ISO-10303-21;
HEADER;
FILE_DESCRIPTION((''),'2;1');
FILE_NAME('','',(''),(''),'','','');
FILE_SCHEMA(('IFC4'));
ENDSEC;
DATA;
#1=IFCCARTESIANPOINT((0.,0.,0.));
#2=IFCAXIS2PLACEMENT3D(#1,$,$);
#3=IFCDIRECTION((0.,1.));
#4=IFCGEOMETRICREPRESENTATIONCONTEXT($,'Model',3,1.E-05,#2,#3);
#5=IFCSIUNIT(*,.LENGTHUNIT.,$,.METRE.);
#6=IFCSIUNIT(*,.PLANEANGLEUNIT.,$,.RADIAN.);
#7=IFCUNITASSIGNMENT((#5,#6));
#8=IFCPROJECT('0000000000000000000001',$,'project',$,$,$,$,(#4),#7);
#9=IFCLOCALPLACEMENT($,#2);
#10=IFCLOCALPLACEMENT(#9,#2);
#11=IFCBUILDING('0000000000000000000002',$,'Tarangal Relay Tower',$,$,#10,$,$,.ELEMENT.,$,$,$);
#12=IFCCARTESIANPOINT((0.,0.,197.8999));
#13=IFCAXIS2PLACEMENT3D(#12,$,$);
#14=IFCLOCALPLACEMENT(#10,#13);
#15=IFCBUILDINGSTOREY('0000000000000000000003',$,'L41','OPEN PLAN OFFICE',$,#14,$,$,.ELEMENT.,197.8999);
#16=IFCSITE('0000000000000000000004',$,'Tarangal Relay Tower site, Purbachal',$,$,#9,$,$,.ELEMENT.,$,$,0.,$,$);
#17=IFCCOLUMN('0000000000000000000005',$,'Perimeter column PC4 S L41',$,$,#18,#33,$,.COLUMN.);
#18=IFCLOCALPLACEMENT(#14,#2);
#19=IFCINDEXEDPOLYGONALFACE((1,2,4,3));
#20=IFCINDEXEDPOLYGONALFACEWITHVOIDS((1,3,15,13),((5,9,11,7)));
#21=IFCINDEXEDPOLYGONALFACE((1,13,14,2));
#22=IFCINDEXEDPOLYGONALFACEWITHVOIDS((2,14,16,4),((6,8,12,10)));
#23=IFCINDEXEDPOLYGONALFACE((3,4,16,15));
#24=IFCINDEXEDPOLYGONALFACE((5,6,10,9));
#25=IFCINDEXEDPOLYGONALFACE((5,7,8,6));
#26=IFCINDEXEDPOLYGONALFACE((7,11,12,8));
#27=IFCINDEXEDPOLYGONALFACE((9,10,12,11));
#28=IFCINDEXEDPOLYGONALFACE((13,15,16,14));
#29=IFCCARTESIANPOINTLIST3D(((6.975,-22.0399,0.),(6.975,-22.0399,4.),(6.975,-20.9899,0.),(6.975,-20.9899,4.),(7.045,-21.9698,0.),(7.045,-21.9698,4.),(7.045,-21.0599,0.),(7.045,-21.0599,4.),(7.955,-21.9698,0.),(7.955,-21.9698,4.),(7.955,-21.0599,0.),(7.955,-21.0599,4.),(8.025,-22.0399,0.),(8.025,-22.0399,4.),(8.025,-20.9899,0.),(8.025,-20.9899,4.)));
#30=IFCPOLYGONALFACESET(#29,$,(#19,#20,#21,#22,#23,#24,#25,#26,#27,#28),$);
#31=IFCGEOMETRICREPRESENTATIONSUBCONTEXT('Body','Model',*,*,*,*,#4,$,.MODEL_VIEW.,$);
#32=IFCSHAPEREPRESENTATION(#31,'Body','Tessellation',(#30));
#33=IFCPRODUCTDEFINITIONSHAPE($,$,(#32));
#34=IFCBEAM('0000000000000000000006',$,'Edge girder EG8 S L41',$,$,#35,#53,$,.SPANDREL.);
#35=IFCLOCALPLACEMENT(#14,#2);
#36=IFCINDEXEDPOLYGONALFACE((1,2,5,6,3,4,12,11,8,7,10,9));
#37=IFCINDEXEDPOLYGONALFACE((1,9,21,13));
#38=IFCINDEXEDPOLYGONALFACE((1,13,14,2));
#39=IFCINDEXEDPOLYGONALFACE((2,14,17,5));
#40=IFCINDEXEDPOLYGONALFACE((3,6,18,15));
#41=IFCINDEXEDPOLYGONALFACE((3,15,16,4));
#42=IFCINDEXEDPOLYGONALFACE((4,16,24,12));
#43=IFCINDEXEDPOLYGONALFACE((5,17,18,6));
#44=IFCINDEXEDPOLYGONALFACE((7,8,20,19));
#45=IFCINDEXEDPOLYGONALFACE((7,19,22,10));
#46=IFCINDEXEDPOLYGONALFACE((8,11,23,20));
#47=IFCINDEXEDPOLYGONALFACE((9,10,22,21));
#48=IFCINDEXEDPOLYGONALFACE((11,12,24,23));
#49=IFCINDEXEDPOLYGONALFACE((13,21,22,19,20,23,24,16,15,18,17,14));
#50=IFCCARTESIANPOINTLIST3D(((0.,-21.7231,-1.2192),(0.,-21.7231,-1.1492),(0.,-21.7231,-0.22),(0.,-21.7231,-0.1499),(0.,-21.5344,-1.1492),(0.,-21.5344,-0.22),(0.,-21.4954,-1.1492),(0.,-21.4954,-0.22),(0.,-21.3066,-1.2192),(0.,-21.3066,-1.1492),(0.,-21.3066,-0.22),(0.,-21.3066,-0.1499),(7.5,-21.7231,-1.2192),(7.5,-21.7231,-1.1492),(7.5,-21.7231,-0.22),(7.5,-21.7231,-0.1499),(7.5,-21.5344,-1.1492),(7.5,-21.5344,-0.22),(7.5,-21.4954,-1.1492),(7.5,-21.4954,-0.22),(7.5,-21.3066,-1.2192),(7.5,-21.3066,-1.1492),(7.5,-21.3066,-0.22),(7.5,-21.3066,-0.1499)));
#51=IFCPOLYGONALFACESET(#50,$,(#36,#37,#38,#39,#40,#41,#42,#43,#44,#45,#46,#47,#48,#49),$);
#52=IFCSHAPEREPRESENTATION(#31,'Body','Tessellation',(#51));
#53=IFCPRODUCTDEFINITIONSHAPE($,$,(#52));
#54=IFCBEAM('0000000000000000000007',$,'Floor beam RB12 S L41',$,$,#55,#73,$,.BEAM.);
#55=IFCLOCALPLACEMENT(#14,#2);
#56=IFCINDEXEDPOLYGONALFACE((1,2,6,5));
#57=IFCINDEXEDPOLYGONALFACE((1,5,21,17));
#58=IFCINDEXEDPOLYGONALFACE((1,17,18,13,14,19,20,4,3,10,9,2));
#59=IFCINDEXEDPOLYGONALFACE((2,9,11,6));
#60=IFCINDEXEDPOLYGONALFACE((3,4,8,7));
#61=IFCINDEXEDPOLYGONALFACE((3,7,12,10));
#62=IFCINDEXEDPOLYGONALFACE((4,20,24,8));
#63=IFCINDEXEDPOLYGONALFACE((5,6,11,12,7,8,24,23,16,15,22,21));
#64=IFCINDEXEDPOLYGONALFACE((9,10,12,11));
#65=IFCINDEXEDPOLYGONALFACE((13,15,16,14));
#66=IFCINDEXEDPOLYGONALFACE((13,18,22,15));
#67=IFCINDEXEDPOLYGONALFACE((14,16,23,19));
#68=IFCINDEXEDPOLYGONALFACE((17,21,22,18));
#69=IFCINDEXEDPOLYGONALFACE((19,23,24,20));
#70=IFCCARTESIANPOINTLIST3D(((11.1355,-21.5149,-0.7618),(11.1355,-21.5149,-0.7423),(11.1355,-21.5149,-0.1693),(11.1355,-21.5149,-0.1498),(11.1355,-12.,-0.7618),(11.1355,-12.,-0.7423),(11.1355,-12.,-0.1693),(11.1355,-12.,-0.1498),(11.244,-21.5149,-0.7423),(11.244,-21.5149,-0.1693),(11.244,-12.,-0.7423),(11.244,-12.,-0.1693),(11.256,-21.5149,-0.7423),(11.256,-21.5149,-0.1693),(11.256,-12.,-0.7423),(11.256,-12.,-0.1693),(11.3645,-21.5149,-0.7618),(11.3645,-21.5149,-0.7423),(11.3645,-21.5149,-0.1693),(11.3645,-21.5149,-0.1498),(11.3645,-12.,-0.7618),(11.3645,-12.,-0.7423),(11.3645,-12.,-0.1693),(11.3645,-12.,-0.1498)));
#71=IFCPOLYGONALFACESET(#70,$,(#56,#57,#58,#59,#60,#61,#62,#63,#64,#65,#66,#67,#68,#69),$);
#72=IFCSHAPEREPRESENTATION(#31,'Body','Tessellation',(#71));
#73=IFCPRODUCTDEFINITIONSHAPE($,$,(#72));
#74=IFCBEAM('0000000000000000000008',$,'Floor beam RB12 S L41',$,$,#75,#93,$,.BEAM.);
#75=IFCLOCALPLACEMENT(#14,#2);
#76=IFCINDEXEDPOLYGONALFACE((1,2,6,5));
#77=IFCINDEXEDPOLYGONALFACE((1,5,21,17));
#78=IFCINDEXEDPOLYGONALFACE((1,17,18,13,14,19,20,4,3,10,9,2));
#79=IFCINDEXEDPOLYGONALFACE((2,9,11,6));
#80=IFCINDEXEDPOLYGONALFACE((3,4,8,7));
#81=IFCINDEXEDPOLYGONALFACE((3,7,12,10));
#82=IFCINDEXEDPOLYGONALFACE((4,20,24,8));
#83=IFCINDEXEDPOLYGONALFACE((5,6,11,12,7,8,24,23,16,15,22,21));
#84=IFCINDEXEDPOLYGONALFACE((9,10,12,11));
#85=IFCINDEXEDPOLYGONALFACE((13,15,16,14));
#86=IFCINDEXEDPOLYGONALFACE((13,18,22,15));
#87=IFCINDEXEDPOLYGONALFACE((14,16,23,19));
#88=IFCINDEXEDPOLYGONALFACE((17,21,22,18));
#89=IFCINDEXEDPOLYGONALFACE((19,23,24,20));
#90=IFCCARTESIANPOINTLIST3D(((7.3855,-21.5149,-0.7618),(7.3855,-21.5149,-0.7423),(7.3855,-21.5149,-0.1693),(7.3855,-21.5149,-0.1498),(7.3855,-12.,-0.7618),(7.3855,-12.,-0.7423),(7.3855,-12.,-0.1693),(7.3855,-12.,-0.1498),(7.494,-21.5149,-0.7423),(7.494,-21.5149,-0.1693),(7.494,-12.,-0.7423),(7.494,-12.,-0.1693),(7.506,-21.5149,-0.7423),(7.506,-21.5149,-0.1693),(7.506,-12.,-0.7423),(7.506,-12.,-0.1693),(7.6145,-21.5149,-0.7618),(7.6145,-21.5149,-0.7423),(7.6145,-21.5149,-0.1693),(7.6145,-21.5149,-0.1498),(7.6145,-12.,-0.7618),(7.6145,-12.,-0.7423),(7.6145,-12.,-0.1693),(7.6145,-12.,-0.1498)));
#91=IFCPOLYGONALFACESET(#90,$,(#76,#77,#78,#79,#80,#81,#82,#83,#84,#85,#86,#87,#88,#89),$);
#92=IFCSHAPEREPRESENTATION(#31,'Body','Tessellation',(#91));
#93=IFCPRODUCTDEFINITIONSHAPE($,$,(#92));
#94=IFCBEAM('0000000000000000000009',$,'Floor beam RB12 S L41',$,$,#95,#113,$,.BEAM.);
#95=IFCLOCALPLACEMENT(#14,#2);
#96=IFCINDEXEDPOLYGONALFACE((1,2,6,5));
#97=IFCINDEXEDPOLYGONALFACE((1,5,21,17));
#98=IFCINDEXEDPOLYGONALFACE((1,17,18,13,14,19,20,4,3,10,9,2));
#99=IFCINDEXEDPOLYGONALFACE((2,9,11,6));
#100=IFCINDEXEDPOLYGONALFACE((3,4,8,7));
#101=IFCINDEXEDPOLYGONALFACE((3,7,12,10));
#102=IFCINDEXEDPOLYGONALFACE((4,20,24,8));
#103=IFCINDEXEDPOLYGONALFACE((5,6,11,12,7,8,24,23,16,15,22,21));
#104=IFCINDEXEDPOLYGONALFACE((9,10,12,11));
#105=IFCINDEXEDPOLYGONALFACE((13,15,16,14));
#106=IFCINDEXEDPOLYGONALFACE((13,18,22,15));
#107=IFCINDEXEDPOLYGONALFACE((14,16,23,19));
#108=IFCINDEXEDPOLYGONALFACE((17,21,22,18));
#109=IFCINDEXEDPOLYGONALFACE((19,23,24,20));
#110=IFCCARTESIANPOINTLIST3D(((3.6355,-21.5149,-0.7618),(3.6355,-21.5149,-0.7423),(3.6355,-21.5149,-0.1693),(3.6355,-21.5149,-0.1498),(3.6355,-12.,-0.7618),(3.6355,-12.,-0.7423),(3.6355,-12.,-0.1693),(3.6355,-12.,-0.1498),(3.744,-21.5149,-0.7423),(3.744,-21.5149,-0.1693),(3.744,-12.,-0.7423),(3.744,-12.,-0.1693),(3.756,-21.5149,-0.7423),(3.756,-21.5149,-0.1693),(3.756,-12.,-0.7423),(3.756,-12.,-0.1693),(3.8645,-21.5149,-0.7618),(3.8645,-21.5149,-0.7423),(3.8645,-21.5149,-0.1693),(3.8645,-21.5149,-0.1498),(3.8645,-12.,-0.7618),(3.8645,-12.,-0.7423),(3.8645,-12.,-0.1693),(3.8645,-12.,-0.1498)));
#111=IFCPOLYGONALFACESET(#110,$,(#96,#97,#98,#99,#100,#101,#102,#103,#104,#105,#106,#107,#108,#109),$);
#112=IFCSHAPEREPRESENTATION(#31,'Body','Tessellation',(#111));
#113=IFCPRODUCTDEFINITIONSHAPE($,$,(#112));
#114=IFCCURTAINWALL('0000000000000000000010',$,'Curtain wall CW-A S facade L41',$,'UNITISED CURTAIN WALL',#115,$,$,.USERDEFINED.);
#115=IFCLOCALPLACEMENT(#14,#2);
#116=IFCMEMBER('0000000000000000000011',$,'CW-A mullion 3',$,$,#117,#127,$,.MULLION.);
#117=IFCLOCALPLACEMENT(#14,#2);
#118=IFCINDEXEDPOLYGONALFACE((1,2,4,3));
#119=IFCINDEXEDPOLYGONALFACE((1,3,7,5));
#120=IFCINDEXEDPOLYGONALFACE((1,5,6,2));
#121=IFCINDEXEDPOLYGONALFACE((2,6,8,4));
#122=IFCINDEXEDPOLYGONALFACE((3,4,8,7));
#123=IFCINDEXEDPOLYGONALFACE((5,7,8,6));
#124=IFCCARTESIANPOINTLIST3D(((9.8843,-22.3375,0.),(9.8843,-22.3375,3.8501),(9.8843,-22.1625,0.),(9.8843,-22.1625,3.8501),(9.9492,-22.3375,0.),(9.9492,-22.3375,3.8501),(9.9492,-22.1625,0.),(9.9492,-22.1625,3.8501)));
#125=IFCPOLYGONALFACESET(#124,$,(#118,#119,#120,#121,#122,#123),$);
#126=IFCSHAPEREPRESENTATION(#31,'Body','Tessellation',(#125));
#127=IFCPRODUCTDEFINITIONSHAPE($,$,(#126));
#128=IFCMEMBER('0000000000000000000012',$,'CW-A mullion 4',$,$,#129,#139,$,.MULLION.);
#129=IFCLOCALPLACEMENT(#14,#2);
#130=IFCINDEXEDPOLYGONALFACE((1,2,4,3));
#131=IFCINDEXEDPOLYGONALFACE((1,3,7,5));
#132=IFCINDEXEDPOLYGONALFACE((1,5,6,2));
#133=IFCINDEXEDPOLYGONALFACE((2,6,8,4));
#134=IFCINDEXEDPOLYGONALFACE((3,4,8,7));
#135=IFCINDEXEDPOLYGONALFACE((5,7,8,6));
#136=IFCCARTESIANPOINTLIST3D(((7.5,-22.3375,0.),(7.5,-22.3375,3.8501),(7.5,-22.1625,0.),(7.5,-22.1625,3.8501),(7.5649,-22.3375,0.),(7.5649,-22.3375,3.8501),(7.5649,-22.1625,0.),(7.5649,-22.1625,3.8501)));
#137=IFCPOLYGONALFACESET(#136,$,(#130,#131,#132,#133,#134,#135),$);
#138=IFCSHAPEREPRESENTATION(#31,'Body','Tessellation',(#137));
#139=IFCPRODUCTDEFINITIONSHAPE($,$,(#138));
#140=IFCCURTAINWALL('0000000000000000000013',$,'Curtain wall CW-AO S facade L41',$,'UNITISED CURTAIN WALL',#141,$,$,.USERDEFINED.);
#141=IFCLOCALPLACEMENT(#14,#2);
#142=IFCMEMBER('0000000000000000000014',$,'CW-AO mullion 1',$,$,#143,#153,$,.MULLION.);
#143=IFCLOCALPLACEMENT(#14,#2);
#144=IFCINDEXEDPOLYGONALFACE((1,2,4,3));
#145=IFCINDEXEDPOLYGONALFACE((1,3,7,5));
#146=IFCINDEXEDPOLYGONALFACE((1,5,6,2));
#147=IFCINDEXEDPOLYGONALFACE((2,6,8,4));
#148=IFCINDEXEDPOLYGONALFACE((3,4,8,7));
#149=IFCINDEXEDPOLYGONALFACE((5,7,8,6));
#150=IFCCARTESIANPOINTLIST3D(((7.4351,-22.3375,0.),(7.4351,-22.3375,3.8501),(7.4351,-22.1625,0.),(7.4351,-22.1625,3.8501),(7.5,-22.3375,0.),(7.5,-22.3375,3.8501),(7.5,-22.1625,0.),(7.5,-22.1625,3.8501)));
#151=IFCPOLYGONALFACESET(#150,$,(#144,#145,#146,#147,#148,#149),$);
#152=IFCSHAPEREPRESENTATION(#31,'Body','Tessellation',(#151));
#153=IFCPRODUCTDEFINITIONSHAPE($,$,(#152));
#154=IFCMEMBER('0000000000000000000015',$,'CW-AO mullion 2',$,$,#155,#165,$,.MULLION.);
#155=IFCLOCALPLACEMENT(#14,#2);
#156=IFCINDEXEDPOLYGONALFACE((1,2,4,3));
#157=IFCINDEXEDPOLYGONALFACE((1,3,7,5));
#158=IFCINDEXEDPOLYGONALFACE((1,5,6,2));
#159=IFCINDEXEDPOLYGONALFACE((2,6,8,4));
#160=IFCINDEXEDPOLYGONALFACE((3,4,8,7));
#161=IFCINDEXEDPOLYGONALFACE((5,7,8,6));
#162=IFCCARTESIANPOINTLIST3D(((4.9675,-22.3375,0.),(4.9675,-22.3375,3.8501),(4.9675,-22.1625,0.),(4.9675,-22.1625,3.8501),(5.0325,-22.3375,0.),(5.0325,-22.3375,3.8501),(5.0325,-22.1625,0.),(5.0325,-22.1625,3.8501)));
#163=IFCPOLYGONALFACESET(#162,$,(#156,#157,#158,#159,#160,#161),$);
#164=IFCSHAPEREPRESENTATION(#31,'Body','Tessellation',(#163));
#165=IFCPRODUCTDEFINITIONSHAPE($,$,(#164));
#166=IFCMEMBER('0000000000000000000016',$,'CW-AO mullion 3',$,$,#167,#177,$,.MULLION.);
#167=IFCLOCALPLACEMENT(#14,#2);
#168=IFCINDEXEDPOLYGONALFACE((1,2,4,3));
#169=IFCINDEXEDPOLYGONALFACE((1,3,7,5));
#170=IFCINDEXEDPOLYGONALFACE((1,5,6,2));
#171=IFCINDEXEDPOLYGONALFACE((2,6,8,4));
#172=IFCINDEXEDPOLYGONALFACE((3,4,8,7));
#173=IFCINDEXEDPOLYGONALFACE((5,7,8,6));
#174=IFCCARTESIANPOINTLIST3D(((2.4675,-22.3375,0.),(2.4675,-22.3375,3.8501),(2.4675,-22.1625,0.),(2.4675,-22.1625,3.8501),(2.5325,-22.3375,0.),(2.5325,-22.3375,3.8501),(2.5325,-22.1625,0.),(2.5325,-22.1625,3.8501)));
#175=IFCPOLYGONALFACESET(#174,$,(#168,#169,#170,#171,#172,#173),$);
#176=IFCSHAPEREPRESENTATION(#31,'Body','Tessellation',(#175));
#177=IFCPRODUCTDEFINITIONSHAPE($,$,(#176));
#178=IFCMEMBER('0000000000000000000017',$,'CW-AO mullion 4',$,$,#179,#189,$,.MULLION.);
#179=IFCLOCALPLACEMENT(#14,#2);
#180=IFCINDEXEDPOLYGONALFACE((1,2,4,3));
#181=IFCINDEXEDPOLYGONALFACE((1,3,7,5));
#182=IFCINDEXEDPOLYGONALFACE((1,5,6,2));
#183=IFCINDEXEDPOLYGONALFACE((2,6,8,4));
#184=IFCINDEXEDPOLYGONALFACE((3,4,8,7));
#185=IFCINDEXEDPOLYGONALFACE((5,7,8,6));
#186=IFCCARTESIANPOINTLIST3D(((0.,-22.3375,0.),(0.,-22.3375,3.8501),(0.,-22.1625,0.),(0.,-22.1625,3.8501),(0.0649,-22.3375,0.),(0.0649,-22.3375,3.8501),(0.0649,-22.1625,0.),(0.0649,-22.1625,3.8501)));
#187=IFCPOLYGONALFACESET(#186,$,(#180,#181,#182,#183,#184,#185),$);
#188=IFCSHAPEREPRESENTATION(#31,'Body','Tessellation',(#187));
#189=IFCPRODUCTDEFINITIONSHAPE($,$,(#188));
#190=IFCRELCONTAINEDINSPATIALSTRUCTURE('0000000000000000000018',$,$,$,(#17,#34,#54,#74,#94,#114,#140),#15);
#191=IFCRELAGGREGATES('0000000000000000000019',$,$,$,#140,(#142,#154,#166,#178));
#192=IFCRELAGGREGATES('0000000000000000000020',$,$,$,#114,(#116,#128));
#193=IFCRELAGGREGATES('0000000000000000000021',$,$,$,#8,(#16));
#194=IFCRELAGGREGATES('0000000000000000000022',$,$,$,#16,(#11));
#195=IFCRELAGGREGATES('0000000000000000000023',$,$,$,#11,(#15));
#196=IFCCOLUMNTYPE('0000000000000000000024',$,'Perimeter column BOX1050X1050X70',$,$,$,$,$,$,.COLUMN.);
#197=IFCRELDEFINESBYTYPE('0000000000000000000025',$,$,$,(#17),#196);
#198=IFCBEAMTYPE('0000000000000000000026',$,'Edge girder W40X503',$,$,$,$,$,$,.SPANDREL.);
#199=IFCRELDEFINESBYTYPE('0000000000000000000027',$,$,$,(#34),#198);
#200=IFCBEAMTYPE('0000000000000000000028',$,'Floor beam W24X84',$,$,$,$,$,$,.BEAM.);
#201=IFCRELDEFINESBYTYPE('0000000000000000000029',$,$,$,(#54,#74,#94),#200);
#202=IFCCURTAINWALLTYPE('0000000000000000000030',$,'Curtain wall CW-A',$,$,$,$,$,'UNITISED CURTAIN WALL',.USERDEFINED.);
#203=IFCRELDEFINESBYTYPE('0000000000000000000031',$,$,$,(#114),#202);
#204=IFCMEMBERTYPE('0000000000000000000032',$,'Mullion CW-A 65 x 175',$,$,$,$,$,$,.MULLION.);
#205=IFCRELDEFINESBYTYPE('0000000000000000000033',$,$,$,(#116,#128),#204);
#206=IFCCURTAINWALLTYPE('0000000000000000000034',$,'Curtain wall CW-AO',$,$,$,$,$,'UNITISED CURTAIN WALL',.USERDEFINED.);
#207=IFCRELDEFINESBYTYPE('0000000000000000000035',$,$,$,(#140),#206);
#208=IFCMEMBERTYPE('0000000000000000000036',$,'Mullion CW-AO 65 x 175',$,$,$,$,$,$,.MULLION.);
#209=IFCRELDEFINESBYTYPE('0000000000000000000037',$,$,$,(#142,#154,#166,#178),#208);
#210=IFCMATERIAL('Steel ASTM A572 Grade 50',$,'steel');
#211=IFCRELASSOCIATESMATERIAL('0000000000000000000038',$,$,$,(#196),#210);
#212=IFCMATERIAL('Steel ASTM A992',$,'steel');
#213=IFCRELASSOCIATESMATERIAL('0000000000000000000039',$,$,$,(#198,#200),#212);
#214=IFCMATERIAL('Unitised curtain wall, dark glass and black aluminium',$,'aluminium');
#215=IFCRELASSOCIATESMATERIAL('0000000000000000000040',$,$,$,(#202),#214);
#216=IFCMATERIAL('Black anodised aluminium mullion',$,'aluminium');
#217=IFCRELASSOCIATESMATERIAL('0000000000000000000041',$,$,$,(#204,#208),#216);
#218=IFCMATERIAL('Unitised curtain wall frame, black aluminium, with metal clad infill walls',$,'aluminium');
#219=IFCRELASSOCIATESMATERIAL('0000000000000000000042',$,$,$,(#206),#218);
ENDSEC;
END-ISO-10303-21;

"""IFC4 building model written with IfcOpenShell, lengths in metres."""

from ifc_helpers import new_model, si_unit, direction, frame, origin, origin_2d, place, context, subcontext, project, spatial, rectangle, hollow_rectangle, i_section, extrude, material, material_profile, profile_set, type_object, element, aggregate, save


model = new_model("IFC4")

# Units and contexts
model_context = context("Model", 3, precision=1e-05, world=origin(), true_north=direction((0.0, 1.0)))
body_context = subcontext(model_context, "Body", "Model", "MODEL_VIEW")
ifc_project = project(units=[si_unit("LENGTHUNIT", "METRE"), si_unit("PLANEANGLEUNIT", "RADIAN")], contexts=[model_context])

# Site, building, storey
site_placement = place(None, origin())
site = spatial("IfcSite", under=ifc_project, at=site_placement, Name="Tarangal Relay Tower site, Purbachal", CompositionType="ELEMENT", RefElevation=0.0)
building_placement = place(site_placement, origin())
building = spatial("IfcBuilding", under=site, at=building_placement, Name="Tarangal Relay Tower", CompositionType="ELEMENT")
storey_placement = place(building_placement, frame((0.0, 0.0, 197.8999)))
storey = spatial("IfcBuildingStorey", under=building, at=storey_placement, Name="L41", Description="OPEN PLAN OFFICE", CompositionType="ELEMENT", Elevation=197.8999)

# Column
ifc_material_1 = material(Name="Steel ASTM A572 Grade 50", Category="steel")
ifc_material_profile_1 = material_profile(ifc_material_1, hollow_rectangle(XDim=1.05, YDim=1.05, WallThickness=0.0701, at=origin_2d()), Name="BOX1050X1050X70")
ifc_profile_set_1 = profile_set([ifc_material_profile_1], Name="Steel ASTM A572 Grade 50")
column_type = type_object("IfcColumnType", Name="Perimeter column BOX1050X1050X70", PredefinedType="COLUMN", material=ifc_profile_set_1)
column_placement = place(storey_placement, frame((7.5, -21.5149, 0.0), z_axis=(0.0, 0.0, 1.0), x_axis=(1.0, 0.0, 0.0)))
element("IfcColumn", 1, at=column_placement, inside=storey, type_object=column_type, Name="Perimeter column PC4 S L41", PredefinedType="COLUMN", context=body_context, shape_type="SweptSolid", body=[
    extrude(hollow_rectangle(XDim=1.05, YDim=1.05, WallThickness=0.0701, at=origin_2d()), origin(), (0.0, 0.0, 1.0), 4.0),
])

# Beams
ifc_material_2 = material(Name="Steel ASTM A992", Category="steel")
ifc_material_profile_2 = material_profile(ifc_material_2, i_section(OverallWidth=0.4165, OverallDepth=1.0693, WebThickness=0.0391, FlangeThickness=0.0701, at=origin_2d()), Name="W40X503")
ifc_profile_set_2 = profile_set([ifc_material_profile_2], Name="Steel ASTM A992")
beam_type_1 = type_object("IfcBeamType", Name="Edge girder W40X503", PredefinedType="SPANDREL", material=ifc_profile_set_2)
beam_placement = place(storey_placement, frame((7.5, -21.5149, -0.6846), z_axis=(-1.0, 0.0, 0.0), x_axis=(0.0, -1.0, 0.0)))
element("IfcBeam", 2, at=beam_placement, inside=storey, type_object=beam_type_1, Name="Edge girder EG8 S L41", PredefinedType="SPANDREL", context=body_context, shape_type="SweptSolid", body=[
    extrude(i_section(OverallWidth=0.4165, OverallDepth=1.0693, WebThickness=0.0391, FlangeThickness=0.0701, at=origin_2d()), origin(), (0.0, 0.0, 1.0), 7.5),
])
ifc_material_profile_3 = material_profile(ifc_material_2, i_section(OverallWidth=0.229, OverallDepth=0.6121, WebThickness=0.012, FlangeThickness=0.0195, at=origin_2d()), Name="W24X84")
ifc_profile_set_3 = profile_set([ifc_material_profile_3], Name="Steel ASTM A992")
beam_type_2 = type_object("IfcBeamType", Name="Floor beam W24X84", PredefinedType="BEAM", material=ifc_profile_set_3)
for number, where, z_axis, x_axis, name in (
    (3, (11.25, -12.0, -0.4558), (0.0, -1.0, 0.0), (1.0, 0.0, 0.0), "Floor beam RB12 S L41"),
    (4, (7.5, -12.0, -0.4558), (0.0, -1.0, 0.0), (1.0, 0.0, 0.0), "Floor beam RB12 S L41"),
    (5, (3.75, -12.0, -0.4558), (0.0, -1.0, 0.0), (1.0, 0.0, 0.0), "Floor beam RB12 S L41"),
):
    element("IfcBeam", number, at=place(storey_placement, frame(where, z_axis=z_axis, x_axis=x_axis)), inside=storey, type_object=beam_type_2, Name=name, PredefinedType="BEAM", context=body_context, shape_type="SweptSolid", body=[
        extrude(i_section(OverallWidth=0.229, OverallDepth=0.6121, WebThickness=0.012, FlangeThickness=0.0195, at=origin_2d()), origin(), (0.0, 0.0, 1.0), 9.5149),
    ])

# Curtain walls, members
ifc_material_3 = material(Name="Unitised curtain wall, dark glass and black aluminium", Category="aluminium")
curtain_wall_type_1 = type_object("IfcCurtainWallType", Name="Curtain wall CW-A", ElementType="UNITISED CURTAIN WALL", PredefinedType="USERDEFINED", material=ifc_material_3)
curtain_wall_1_placement = place(storey_placement, origin())
curtain_wall_1 = element("IfcCurtainWall", 6, at=curtain_wall_1_placement, inside=storey, type_object=curtain_wall_type_1, Name="Curtain wall CW-A S facade L41", ObjectType="UNITISED CURTAIN WALL", PredefinedType="USERDEFINED")
ifc_material_4 = material(Name="Black anodised aluminium mullion", Category="aluminium")
ifc_material_profile_4 = material_profile(ifc_material_4, rectangle(XDim=0.175, YDim=0.0649, at=origin_2d()), Name="CW-AM 65X175")
ifc_profile_set_4 = profile_set([ifc_material_profile_4], Name="Black anodised aluminium mullion")
member_type_1 = type_object("IfcMemberType", Name="Mullion CW-A 65 x 175", PredefinedType="MULLION", material=ifc_profile_set_4)
member_1_placement = place(storey_placement, frame((9.9167, -22.25, 0.0), z_axis=(0.0, 0.0, 1.0), x_axis=(0.0, -1.0, 0.0)))
member_1 = element("IfcMember", 7, at=member_1_placement, type_object=member_type_1, Name="CW-A mullion 3", PredefinedType="MULLION", context=body_context, shape_type="SweptSolid", body=[
    extrude(rectangle(XDim=0.175, YDim=0.0649, at=origin_2d()), origin(), (0.0, 0.0, 1.0), 3.8501),
])
member_2_placement = place(storey_placement, frame((7.5325, -22.25, 0.0), z_axis=(0.0, 0.0, 1.0), x_axis=(0.0, -1.0, 0.0)))
member_2 = element("IfcMember", 8, at=member_2_placement, type_object=member_type_1, Name="CW-A mullion 4", PredefinedType="MULLION", context=body_context, shape_type="SweptSolid", body=[
    extrude(rectangle(XDim=0.175, YDim=0.0649, at=origin_2d()), origin(), (0.0, 0.0, 1.0), 3.8501),
])
ifc_material_5 = material(Name="Unitised curtain wall frame, black aluminium, with metal clad infill walls", Category="aluminium")
curtain_wall_type_2 = type_object("IfcCurtainWallType", Name="Curtain wall CW-AO", ElementType="UNITISED CURTAIN WALL", PredefinedType="USERDEFINED", material=ifc_material_5)
curtain_wall_2_placement = place(storey_placement, origin())
curtain_wall_2 = element("IfcCurtainWall", 9, at=curtain_wall_2_placement, inside=storey, type_object=curtain_wall_type_2, Name="Curtain wall CW-AO S facade L41", ObjectType="UNITISED CURTAIN WALL", PredefinedType="USERDEFINED")
ifc_material_profile_5 = material_profile(ifc_material_4, rectangle(XDim=0.175, YDim=0.0649, at=origin_2d()), Name="CW-AOM 65X175")
ifc_profile_set_5 = profile_set([ifc_material_profile_5], Name="Black anodised aluminium mullion")
member_type_2 = type_object("IfcMemberType", Name="Mullion CW-AO 65 x 175", PredefinedType="MULLION", material=ifc_profile_set_5)
member_3_placement = place(storey_placement, frame((7.4675, -22.25, 0.0), z_axis=(0.0, 0.0, 1.0), x_axis=(0.0, -1.0, 0.0)))
member_3 = element("IfcMember", 10, at=member_3_placement, type_object=member_type_2, Name="CW-AO mullion 1", PredefinedType="MULLION", context=body_context, shape_type="SweptSolid", body=[
    extrude(rectangle(XDim=0.175, YDim=0.0649, at=origin_2d()), origin(), (0.0, 0.0, 1.0), 3.8501),
])
member_4_placement = place(storey_placement, frame((5.0, -22.25, 0.0), z_axis=(0.0, 0.0, 1.0), x_axis=(0.0, -1.0, 0.0)))
member_4 = element("IfcMember", 11, at=member_4_placement, type_object=member_type_2, Name="CW-AO mullion 2", PredefinedType="MULLION", context=body_context, shape_type="SweptSolid", body=[
    extrude(rectangle(XDim=0.175, YDim=0.0649, at=origin_2d()), origin(), (0.0, 0.0, 1.0), 3.8501),
])
member_5_placement = place(storey_placement, frame((2.5, -22.25, 0.0), z_axis=(0.0, 0.0, 1.0), x_axis=(0.0, -1.0, 0.0)))
member_5 = element("IfcMember", 12, at=member_5_placement, type_object=member_type_2, Name="CW-AO mullion 3", PredefinedType="MULLION", context=body_context, shape_type="SweptSolid", body=[
    extrude(rectangle(XDim=0.175, YDim=0.0649, at=origin_2d()), origin(), (0.0, 0.0, 1.0), 3.8501),
])
member_6_placement = place(storey_placement, frame((0.0325, -22.25, 0.0), z_axis=(0.0, 0.0, 1.0), x_axis=(0.0, -1.0, 0.0)))
member_6 = element("IfcMember", 13, at=member_6_placement, type_object=member_type_2, Name="CW-AO mullion 4", PredefinedType="MULLION", context=body_context, shape_type="SweptSolid", body=[
    extrude(rectangle(XDim=0.175, YDim=0.0649, at=origin_2d()), origin(), (0.0, 0.0, 1.0), 3.8501),
])

aggregate(curtain_wall_2, [member_3, member_4, member_5, member_6])

aggregate(curtain_wall_1, [member_1, member_2])

save(model, "model.ifc")
